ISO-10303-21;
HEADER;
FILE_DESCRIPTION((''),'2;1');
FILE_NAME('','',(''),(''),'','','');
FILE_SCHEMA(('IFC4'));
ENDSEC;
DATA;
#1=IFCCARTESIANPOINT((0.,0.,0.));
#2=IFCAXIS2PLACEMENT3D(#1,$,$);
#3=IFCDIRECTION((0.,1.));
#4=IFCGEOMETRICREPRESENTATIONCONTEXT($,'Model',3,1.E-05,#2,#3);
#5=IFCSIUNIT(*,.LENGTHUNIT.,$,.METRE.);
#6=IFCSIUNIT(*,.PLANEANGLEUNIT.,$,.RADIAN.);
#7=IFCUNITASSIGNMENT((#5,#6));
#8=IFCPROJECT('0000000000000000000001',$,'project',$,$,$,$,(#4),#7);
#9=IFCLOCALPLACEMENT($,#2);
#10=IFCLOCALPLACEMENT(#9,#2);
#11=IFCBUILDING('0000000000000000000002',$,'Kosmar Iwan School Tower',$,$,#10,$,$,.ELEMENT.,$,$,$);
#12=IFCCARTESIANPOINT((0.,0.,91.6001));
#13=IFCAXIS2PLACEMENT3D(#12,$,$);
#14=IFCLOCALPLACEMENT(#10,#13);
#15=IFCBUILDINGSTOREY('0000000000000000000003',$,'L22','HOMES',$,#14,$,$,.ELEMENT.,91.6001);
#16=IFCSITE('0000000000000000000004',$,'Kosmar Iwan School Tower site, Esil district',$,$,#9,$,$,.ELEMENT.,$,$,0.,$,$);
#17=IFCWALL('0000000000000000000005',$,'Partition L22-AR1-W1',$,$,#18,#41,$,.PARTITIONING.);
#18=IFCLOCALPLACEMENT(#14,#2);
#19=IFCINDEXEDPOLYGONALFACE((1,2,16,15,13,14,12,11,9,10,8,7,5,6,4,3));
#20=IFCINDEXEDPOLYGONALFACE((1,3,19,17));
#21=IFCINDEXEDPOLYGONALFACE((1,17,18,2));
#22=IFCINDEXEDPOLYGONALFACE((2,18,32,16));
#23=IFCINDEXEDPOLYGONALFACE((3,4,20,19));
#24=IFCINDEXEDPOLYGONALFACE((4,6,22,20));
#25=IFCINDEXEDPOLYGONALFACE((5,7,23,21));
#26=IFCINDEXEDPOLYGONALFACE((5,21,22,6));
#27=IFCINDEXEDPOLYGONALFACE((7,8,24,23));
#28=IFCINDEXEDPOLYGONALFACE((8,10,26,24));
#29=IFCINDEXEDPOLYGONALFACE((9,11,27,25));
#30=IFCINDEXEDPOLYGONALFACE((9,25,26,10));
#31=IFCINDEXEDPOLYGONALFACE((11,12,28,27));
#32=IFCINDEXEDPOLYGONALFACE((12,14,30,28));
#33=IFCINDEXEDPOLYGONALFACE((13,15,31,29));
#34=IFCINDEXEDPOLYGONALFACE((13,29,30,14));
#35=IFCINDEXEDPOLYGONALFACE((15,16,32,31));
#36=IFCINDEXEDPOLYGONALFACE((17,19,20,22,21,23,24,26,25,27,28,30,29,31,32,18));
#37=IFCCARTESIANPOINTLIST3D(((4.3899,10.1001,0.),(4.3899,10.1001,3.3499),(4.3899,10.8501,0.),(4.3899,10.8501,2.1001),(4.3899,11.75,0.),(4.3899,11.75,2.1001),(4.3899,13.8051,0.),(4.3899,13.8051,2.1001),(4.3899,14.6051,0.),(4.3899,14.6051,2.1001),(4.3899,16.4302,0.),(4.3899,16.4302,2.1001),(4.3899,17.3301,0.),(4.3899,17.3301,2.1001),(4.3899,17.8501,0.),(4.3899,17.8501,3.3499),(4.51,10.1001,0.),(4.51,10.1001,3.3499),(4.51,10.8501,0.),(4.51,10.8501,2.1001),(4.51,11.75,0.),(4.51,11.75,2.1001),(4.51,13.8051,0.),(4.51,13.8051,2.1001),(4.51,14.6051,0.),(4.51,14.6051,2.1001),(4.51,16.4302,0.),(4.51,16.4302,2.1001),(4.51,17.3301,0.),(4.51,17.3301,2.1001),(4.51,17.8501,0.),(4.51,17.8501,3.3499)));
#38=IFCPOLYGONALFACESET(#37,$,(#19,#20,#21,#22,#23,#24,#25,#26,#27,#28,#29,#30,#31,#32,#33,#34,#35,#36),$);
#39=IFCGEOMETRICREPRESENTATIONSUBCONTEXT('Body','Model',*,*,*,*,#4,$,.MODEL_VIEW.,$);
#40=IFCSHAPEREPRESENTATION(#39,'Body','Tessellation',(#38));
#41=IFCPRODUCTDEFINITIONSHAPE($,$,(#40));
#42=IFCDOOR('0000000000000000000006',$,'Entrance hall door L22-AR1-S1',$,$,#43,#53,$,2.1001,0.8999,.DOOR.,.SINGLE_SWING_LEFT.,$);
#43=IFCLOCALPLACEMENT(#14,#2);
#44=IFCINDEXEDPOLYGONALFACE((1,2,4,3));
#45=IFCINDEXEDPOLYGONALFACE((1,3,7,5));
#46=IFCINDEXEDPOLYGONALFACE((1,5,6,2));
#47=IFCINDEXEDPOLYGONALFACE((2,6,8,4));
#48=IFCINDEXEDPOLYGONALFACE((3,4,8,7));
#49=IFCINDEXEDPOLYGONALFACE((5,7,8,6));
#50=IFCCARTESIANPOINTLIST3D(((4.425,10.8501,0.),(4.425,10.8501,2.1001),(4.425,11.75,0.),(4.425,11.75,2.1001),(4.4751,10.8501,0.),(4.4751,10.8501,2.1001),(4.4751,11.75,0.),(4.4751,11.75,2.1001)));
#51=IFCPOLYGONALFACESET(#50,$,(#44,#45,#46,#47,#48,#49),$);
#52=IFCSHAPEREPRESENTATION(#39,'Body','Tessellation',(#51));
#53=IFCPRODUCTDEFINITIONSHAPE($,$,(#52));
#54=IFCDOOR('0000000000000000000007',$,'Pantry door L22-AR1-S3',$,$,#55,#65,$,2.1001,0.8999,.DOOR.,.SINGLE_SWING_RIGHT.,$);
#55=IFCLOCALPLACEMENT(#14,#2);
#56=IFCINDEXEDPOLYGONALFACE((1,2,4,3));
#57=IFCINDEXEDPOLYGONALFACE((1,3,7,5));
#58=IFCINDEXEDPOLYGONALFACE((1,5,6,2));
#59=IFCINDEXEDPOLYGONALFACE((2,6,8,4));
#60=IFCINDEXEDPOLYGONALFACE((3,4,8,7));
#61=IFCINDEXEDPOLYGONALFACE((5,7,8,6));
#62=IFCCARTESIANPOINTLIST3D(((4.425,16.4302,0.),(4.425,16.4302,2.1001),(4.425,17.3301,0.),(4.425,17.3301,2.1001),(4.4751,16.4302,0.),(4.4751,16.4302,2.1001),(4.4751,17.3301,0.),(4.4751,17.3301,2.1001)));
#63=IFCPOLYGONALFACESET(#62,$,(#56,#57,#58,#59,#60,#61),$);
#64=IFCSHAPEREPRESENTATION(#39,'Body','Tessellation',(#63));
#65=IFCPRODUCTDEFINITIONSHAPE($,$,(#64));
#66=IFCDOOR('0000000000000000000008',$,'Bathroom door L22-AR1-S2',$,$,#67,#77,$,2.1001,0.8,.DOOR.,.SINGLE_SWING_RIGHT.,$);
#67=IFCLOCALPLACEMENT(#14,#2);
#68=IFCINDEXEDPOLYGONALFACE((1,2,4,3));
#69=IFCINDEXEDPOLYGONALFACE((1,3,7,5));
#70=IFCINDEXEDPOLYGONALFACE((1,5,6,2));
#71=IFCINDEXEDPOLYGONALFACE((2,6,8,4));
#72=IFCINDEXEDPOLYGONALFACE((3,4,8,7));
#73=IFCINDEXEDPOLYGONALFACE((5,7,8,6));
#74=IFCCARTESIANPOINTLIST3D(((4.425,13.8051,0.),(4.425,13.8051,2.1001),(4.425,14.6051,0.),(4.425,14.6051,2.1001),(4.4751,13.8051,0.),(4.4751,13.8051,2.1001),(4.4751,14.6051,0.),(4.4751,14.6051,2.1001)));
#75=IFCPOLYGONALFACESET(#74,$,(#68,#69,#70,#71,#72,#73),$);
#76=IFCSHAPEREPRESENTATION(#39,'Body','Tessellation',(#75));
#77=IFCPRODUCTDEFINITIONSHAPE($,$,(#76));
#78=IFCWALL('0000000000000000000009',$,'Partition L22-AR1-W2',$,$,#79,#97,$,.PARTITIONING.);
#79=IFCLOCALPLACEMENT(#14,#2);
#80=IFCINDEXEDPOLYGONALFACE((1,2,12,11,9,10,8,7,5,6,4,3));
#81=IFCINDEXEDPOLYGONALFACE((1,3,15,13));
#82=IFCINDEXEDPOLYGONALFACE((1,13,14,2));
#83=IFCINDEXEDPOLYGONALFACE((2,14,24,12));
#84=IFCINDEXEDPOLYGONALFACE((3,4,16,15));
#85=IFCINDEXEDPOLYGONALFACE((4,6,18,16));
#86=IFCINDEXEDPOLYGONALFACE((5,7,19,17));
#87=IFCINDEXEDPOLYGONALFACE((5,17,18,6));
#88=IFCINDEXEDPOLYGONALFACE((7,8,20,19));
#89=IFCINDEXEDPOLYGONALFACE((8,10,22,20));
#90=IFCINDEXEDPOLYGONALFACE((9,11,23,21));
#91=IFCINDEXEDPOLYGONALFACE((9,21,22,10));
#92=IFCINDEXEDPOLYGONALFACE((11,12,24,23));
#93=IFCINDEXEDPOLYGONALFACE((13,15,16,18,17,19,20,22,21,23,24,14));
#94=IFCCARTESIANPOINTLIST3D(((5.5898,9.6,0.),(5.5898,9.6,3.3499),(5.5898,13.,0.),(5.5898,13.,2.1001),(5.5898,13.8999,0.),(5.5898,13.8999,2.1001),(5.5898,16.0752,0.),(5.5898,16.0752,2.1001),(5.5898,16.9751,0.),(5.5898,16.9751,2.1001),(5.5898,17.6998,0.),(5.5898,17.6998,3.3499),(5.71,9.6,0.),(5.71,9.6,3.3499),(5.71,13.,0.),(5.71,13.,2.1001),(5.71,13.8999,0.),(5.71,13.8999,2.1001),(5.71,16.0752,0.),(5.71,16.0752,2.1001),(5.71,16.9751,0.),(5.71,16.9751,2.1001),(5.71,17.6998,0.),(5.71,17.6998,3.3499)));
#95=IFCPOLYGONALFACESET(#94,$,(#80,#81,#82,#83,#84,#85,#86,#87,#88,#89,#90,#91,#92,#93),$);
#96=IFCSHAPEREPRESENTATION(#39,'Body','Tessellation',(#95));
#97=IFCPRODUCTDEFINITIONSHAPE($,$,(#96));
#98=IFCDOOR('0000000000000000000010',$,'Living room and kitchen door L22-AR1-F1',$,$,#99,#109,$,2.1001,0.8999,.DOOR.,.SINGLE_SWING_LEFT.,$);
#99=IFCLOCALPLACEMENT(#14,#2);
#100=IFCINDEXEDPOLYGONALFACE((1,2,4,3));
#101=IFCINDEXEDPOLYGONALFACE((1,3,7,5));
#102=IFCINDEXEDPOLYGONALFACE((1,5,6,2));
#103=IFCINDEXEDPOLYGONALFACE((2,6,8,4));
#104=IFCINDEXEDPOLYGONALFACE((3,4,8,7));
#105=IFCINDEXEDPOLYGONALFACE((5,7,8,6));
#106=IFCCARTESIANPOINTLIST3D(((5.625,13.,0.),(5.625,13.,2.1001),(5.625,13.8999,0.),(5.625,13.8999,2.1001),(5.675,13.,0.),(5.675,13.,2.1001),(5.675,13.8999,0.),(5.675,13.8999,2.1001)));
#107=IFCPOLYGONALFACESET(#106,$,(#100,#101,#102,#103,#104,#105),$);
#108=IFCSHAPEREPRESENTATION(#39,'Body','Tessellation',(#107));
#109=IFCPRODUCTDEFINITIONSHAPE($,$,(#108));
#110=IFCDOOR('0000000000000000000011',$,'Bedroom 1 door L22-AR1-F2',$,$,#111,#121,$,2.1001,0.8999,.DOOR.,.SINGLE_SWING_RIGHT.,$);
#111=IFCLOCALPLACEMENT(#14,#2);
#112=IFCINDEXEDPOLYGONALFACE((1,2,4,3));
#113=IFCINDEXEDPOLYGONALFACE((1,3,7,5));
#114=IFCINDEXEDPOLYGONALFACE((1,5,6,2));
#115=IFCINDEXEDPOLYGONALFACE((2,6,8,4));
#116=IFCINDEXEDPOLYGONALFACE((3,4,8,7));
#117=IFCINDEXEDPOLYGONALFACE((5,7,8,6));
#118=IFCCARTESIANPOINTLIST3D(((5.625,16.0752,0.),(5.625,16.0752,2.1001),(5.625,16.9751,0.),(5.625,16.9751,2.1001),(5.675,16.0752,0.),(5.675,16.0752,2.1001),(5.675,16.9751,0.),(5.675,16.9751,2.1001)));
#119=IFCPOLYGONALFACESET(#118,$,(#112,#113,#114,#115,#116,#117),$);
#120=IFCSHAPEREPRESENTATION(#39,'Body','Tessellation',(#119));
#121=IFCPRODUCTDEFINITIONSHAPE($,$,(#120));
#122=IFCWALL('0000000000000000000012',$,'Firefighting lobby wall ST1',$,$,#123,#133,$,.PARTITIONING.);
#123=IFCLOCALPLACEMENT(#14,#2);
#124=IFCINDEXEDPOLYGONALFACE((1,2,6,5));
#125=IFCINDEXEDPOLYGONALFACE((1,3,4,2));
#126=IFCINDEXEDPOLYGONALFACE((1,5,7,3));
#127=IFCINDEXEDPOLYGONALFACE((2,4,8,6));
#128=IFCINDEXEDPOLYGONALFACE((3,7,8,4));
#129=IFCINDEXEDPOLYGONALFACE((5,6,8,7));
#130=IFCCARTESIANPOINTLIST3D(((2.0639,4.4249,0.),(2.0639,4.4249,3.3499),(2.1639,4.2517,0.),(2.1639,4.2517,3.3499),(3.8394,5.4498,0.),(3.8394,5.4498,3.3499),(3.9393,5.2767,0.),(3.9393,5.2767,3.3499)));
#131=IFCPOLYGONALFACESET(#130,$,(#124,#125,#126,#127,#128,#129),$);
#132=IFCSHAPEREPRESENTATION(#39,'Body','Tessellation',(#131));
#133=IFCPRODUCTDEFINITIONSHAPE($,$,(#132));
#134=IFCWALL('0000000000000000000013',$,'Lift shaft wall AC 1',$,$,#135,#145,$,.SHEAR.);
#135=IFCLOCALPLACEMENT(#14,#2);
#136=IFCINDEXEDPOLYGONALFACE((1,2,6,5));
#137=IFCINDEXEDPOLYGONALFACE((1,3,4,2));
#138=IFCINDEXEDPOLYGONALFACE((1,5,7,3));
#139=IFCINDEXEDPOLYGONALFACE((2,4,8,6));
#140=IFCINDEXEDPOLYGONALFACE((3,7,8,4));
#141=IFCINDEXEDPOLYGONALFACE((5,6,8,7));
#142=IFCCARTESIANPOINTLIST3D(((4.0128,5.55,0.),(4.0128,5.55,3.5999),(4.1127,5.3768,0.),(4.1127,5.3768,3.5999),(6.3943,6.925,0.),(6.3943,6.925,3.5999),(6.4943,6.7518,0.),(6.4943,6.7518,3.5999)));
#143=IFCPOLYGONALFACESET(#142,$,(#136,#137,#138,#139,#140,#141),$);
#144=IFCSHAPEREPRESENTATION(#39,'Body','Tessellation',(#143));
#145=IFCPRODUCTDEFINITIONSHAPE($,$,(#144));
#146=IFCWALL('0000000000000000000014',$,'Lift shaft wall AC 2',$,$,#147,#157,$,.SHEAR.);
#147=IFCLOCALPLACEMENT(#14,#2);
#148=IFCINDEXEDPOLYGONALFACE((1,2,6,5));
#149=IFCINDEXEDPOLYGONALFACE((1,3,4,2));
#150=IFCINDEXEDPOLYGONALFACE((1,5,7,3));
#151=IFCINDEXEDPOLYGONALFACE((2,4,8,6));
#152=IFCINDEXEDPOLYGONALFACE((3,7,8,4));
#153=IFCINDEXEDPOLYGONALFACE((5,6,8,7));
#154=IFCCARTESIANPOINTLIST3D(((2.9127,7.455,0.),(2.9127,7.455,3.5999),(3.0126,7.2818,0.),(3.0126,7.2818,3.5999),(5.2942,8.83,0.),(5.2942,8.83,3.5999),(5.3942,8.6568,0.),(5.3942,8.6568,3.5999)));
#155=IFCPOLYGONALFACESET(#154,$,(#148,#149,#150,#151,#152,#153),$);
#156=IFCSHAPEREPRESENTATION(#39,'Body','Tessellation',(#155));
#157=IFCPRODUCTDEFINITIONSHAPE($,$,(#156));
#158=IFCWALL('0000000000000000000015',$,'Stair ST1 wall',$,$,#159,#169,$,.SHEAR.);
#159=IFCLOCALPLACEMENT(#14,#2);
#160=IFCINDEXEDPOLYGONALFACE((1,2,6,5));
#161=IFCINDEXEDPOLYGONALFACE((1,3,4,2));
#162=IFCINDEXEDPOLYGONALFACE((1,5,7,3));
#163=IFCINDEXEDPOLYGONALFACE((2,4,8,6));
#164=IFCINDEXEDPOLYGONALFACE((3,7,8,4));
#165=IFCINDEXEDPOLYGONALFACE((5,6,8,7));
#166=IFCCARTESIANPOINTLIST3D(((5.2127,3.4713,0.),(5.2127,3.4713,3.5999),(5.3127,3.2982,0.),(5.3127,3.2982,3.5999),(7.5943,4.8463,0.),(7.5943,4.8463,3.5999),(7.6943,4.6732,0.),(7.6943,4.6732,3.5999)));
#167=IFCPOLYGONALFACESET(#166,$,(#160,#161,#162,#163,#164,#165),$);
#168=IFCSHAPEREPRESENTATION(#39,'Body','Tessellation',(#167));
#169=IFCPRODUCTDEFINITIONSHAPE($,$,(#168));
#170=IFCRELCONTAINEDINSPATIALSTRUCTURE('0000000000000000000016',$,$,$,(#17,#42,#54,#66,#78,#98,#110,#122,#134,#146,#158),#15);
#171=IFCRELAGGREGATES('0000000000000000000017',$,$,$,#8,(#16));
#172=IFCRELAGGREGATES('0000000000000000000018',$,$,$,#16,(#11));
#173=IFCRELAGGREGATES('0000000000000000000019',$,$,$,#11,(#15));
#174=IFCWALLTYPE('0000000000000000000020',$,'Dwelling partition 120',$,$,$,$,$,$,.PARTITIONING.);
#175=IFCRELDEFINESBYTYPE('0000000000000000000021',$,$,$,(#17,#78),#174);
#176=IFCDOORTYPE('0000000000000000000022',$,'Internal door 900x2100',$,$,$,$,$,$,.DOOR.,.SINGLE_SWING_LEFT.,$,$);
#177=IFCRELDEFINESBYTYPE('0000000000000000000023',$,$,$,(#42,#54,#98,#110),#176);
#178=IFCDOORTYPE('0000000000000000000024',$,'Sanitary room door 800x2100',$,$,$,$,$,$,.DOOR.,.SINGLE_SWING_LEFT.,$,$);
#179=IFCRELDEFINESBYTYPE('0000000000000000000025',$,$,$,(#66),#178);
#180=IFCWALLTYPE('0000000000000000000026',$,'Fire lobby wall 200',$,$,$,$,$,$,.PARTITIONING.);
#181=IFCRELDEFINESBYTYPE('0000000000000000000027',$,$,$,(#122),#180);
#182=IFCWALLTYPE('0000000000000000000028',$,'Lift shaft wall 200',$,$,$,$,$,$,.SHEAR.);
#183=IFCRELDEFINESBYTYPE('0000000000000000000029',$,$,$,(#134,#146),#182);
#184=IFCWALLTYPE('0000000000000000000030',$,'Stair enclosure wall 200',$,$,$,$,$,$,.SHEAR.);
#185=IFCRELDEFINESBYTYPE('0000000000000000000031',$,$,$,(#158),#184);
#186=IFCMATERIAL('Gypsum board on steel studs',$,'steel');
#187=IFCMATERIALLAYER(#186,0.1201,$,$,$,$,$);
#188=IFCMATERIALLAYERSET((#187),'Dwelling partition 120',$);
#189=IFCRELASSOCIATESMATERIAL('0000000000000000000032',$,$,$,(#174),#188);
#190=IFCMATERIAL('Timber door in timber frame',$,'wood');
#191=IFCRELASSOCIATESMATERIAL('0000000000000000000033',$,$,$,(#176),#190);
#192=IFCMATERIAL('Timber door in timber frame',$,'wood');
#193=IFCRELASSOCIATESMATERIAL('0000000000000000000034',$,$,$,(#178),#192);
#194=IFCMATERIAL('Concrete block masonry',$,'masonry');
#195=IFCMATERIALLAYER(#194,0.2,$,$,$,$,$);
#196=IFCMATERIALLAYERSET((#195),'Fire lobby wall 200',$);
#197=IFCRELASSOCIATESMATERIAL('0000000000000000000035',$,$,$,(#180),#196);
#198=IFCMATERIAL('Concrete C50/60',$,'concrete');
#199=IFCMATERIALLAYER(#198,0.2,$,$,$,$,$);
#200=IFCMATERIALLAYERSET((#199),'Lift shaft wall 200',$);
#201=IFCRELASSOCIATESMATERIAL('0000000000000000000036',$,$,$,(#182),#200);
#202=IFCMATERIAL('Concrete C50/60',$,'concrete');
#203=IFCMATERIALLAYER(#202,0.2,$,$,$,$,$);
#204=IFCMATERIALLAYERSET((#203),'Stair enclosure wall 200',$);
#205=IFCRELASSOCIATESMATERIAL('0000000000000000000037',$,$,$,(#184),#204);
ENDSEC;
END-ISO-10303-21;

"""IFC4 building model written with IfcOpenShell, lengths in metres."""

from ifc_helpers import new_model, si_unit, direction, frame, frame_2d, origin, place, context, subcontext, project, spatial, rectangle, extrude, material, layer, layer_set, type_object, element, fill, save


model = new_model("IFC4")

# Units and contexts
model_context = context("Model", 3, precision=1e-05, world=origin(), true_north=direction((0.0, 1.0)))
body_context = subcontext(model_context, "Body", "Model", "MODEL_VIEW")
ifc_project = project(units=[si_unit("LENGTHUNIT", "METRE"), si_unit("PLANEANGLEUNIT", "RADIAN")], contexts=[model_context])

# Site, building, storey
site_placement = place(None, origin())
site = spatial("IfcSite", under=ifc_project, at=site_placement, Name="Kosmar Iwan School Tower site, Esil district", CompositionType="ELEMENT", RefElevation=0.0)
building_placement = place(site_placement, origin())
building = spatial("IfcBuilding", under=site, at=building_placement, Name="Kosmar Iwan School Tower", CompositionType="ELEMENT")
storey_placement = place(building_placement, frame((0.0, 0.0, 91.6001)))
storey = spatial("IfcBuildingStorey", under=building, at=storey_placement, Name="L22", Description="HOMES", CompositionType="ELEMENT", Elevation=91.6001)

# Walls, openings, doors
ifc_material_1 = material(Name="Gypsum board on steel studs", Category="steel")
ifc_layer_1 = layer(ifc_material_1, 0.1201)
ifc_layer_set_1 = layer_set([ifc_layer_1], Name="Dwelling partition 120")
wall_type_1 = type_object("IfcWallType", Name="Dwelling partition 120", PredefinedType="PARTITIONING", material=ifc_layer_set_1)
wall_1_placement = place(storey_placement, frame((4.45, 10.1001, 0.0), z_axis=(0.0, 0.0, 1.0), x_axis=(0.0, 1.0, 0.0)))
wall_1 = element("IfcWall", 1, at=wall_1_placement, inside=storey, type_object=wall_type_1, Name="Partition L22-AR1-W1", PredefinedType="PARTITIONING", context=body_context, shape_type="SweptSolid", body=[
    extrude(rectangle(XDim=7.75, YDim=0.1201, at=frame_2d((3.875, 0.0))), origin(), (0.0, 0.0, 1.0), 3.3499),
])
opening_1_placement = place(wall_1_placement, frame((0.75, 0.0, 0.0)))
opening_1 = element("IfcOpeningElement", 2, at=opening_1_placement, cuts=wall_1, PredefinedType="OPENING", context=body_context, shape_type="SweptSolid", body=[
    extrude(rectangle(XDim=0.8999, YDim=2.1001, at=frame_2d((0.45, 1.05))), frame((0.0, 0.072, 0.0), z_axis=(0.0, -1.0, 0.0), x_axis=(1.0, 0.0, 0.0)), (0.0, 0.0, 1.0), 0.144),
])
opening_2_placement = place(wall_1_placement, frame((3.7051, 0.0, 0.0)))
opening_2 = element("IfcOpeningElement", 3, at=opening_2_placement, cuts=wall_1, PredefinedType="OPENING", context=body_context, shape_type="SweptSolid", body=[
    extrude(rectangle(XDim=0.8, YDim=2.1001, at=frame_2d((0.3999, 1.05))), frame((0.0, 0.072, 0.0), z_axis=(0.0, -1.0, 0.0), x_axis=(1.0, 0.0, 0.0)), (0.0, 0.0, 1.0), 0.144),
])
opening_3_placement = place(wall_1_placement, frame((6.3301, 0.0, 0.0)))
opening_3 = element("IfcOpeningElement", 4, at=opening_3_placement, cuts=wall_1, PredefinedType="OPENING", context=body_context, shape_type="SweptSolid", body=[
    extrude(rectangle(XDim=0.8999, YDim=2.1001, at=frame_2d((0.45, 1.05))), frame((0.0, 0.072, 0.0), z_axis=(0.0, -1.0, 0.0), x_axis=(1.0, 0.0, 0.0)), (0.0, 0.0, 1.0), 0.144),
])
ifc_material_2 = material(Name="Timber door in timber frame", Category="wood")
door_type_1 = type_object("IfcDoorType", Name="Internal door 900x2100", OperationType="SINGLE_SWING_LEFT", PredefinedType="DOOR", material=ifc_material_2)
door_1_placement = place(opening_1_placement, origin())
door_1 = element("IfcDoor", 5, at=door_1_placement, inside=storey, type_object=door_type_1, Name="Entrance hall door L22-AR1-S1", OperationType="SINGLE_SWING_LEFT", OverallHeight=2.1001, OverallWidth=0.8999, PredefinedType="DOOR", context=body_context, shape_type="SweptSolid", body=[
    extrude(rectangle(XDim=0.8999, YDim=2.1001, at=frame_2d((0.45, 1.05))), frame((0.0, 0.0249, 0.0), z_axis=(0.0, -1.0, 0.0), x_axis=(1.0, 0.0, 0.0)), (0.0, 0.0, 1.0), 0.05),
])
fill(opening_1, door_1)
door_2_placement = place(opening_3_placement, origin())
door_2 = element("IfcDoor", 6, at=door_2_placement, inside=storey, type_object=door_type_1, Name="Pantry door L22-AR1-S3", OperationType="SINGLE_SWING_RIGHT", OverallHeight=2.1001, OverallWidth=0.8999, PredefinedType="DOOR", context=body_context, shape_type="SweptSolid", body=[
    extrude(rectangle(XDim=0.8999, YDim=2.1001, at=frame_2d((0.45, 1.05))), frame((0.0, 0.0249, 0.0), z_axis=(0.0, -1.0, 0.0), x_axis=(1.0, 0.0, 0.0)), (0.0, 0.0, 1.0), 0.05),
])
fill(opening_3, door_2)
ifc_material_3 = material(Name="Timber door in timber frame", Category="wood")
door_type_2 = type_object("IfcDoorType", Name="Sanitary room door 800x2100", OperationType="SINGLE_SWING_LEFT", PredefinedType="DOOR", material=ifc_material_3)
door_3_placement = place(opening_2_placement, origin())
door_3 = element("IfcDoor", 7, at=door_3_placement, inside=storey, type_object=door_type_2, Name="Bathroom door L22-AR1-S2", OperationType="SINGLE_SWING_RIGHT", OverallHeight=2.1001, OverallWidth=0.8, PredefinedType="DOOR", context=body_context, shape_type="SweptSolid", body=[
    extrude(rectangle(XDim=0.8, YDim=2.1001, at=frame_2d((0.3999, 1.05))), frame((0.0, 0.0249, 0.0), z_axis=(0.0, -1.0, 0.0), x_axis=(1.0, 0.0, 0.0)), (0.0, 0.0, 1.0), 0.05),
])
fill(opening_2, door_3)
wall_2_placement = place(storey_placement, frame((5.6499, 9.6001, 0.0), z_axis=(0.0, 0.0, 1.0), x_axis=(0.0, 1.0, 0.0)))
wall_2 = element("IfcWall", 8, at=wall_2_placement, inside=storey, type_object=wall_type_1, Name="Partition L22-AR1-W2", PredefinedType="PARTITIONING", context=body_context, shape_type="SweptSolid", body=[
    extrude(rectangle(XDim=8.0999, YDim=0.1201, at=frame_2d((4.0498, 0.0))), origin(), (0.0, 0.0, 1.0), 3.3499),
])
opening_4_placement = place(wall_2_placement, frame((3.3999, 0.0, 0.0)))
opening_4 = element("IfcOpeningElement", 9, at=opening_4_placement, cuts=wall_2, PredefinedType="OPENING", context=body_context, shape_type="SweptSolid", body=[
    extrude(rectangle(XDim=0.8999, YDim=2.1001, at=frame_2d((0.45, 1.05))), frame((0.0, 0.072, 0.0), z_axis=(0.0, -1.0, 0.0), x_axis=(1.0, 0.0, 0.0)), (0.0, 0.0, 1.0), 0.144),
])
opening_5_placement = place(wall_2_placement, frame((6.4751, 0.0, 0.0)))
opening_5 = element("IfcOpeningElement", 10, at=opening_5_placement, cuts=wall_2, PredefinedType="OPENING", context=body_context, shape_type="SweptSolid", body=[
    extrude(rectangle(XDim=0.8999, YDim=2.1001, at=frame_2d((0.45, 1.05))), frame((0.0, 0.072, 0.0), z_axis=(0.0, -1.0, 0.0), x_axis=(1.0, 0.0, 0.0)), (0.0, 0.0, 1.0), 0.144),
])
door_4_placement = place(opening_4_placement, origin())
door_4 = element("IfcDoor", 11, at=door_4_placement, inside=storey, type_object=door_type_1, Name="Living room and kitchen door L22-AR1-F1", OperationType="SINGLE_SWING_LEFT", OverallHeight=2.1001, OverallWidth=0.8999, PredefinedType="DOOR", context=body_context, shape_type="SweptSolid", body=[
    extrude(rectangle(XDim=0.8999, YDim=2.1001, at=frame_2d((0.45, 1.05))), frame((0.0, 0.0249, 0.0), z_axis=(0.0, -1.0, 0.0), x_axis=(1.0, 0.0, 0.0)), (0.0, 0.0, 1.0), 0.05),
])
fill(opening_4, door_4)
door_5_placement = place(opening_5_placement, origin())
door_5 = element("IfcDoor", 12, at=door_5_placement, inside=storey, type_object=door_type_1, Name="Bedroom 1 door L22-AR1-F2", OperationType="SINGLE_SWING_RIGHT", OverallHeight=2.1001, OverallWidth=0.8999, PredefinedType="DOOR", context=body_context, shape_type="SweptSolid", body=[
    extrude(rectangle(XDim=0.8999, YDim=2.1001, at=frame_2d((0.45, 1.05))), frame((0.0, 0.0249, 0.0), z_axis=(0.0, -1.0, 0.0), x_axis=(1.0, 0.0, 0.0)), (0.0, 0.0, 1.0), 0.05),
])
fill(opening_5, door_5)

# Walls
ifc_material_4 = material(Name="Concrete block masonry", Category="masonry")
ifc_layer_2 = layer(ifc_material_4, 0.2)
ifc_layer_set_2 = layer_set([ifc_layer_2], Name="Fire lobby wall 200")
wall_type_2 = type_object("IfcWallType", Name="Fire lobby wall 200", PredefinedType="PARTITIONING", material=ifc_layer_set_2)
wall_3_placement = place(storey_placement, frame((2.114, 4.3384, 0.0), z_axis=(0.0, 0.0, 1.0), x_axis=(0.866051, 0.499956, 0.0)))
element("IfcWall", 13, at=wall_3_placement, inside=storey, type_object=wall_type_2, Name="Firefighting lobby wall ST1", PredefinedType="PARTITIONING", context=body_context, shape_type="SweptSolid", body=[
    extrude(rectangle(XDim=2.05, YDim=0.2, at=frame_2d((1.0249, 0.0))), origin(), (0.0, 0.0, 1.0), 3.3499),
])
ifc_material_5 = material(Name="Concrete C50/60", Category="concrete")
ifc_layer_3 = layer(ifc_material_5, 0.2)
ifc_layer_set_3 = layer_set([ifc_layer_3], Name="Lift shaft wall 200")
wall_type_3 = type_object("IfcWallType", Name="Lift shaft wall 200", PredefinedType="SHEAR", material=ifc_layer_set_3)
for number, where, z_axis, x_axis, name in (
    (14, (4.0627, 5.4634, 0.0), (0.0, 0.0, 1.0), (0.866027, 0.499997, 0.0), "Lift shaft wall AC 1"),
    (15, (2.9626, 7.3684, 0.0), (0.0, 0.0, 1.0), (0.866027, 0.499997, 0.0), "Lift shaft wall AC 2"),
):
    element("IfcWall", number, at=place(storey_placement, frame(where, z_axis=z_axis, x_axis=x_axis)), inside=storey, type_object=wall_type_3, Name=name, PredefinedType="SHEAR", context=body_context, shape_type="SweptSolid", body=[
        extrude(rectangle(XDim=2.75, YDim=0.2, at=frame_2d((1.375, 0.0))), origin(), (0.0, 0.0, 1.0), 3.5999),
    ])
ifc_material_6 = material(Name="Concrete C50/60", Category="concrete")
ifc_layer_4 = layer(ifc_material_6, 0.2)
ifc_layer_set_4 = layer_set([ifc_layer_4], Name="Stair enclosure wall 200")
wall_type_4 = type_object("IfcWallType", Name="Stair enclosure wall 200", PredefinedType="SHEAR", material=ifc_layer_set_4)
wall_4_placement = place(storey_placement, frame((5.2627, 3.3848, 0.0), z_axis=(0.0, 0.0, 1.0), x_axis=(0.866027, 0.499997, 0.0)))
element("IfcWall", 16, at=wall_4_placement, inside=storey, type_object=wall_type_4, Name="Stair ST1 wall", PredefinedType="SHEAR", context=body_context, shape_type="SweptSolid", body=[
    extrude(rectangle(XDim=2.75, YDim=0.2, at=frame_2d((1.375, 0.0))), origin(), (0.0, 0.0, 1.0), 3.5999),
])

save(model, "model.ifc")
